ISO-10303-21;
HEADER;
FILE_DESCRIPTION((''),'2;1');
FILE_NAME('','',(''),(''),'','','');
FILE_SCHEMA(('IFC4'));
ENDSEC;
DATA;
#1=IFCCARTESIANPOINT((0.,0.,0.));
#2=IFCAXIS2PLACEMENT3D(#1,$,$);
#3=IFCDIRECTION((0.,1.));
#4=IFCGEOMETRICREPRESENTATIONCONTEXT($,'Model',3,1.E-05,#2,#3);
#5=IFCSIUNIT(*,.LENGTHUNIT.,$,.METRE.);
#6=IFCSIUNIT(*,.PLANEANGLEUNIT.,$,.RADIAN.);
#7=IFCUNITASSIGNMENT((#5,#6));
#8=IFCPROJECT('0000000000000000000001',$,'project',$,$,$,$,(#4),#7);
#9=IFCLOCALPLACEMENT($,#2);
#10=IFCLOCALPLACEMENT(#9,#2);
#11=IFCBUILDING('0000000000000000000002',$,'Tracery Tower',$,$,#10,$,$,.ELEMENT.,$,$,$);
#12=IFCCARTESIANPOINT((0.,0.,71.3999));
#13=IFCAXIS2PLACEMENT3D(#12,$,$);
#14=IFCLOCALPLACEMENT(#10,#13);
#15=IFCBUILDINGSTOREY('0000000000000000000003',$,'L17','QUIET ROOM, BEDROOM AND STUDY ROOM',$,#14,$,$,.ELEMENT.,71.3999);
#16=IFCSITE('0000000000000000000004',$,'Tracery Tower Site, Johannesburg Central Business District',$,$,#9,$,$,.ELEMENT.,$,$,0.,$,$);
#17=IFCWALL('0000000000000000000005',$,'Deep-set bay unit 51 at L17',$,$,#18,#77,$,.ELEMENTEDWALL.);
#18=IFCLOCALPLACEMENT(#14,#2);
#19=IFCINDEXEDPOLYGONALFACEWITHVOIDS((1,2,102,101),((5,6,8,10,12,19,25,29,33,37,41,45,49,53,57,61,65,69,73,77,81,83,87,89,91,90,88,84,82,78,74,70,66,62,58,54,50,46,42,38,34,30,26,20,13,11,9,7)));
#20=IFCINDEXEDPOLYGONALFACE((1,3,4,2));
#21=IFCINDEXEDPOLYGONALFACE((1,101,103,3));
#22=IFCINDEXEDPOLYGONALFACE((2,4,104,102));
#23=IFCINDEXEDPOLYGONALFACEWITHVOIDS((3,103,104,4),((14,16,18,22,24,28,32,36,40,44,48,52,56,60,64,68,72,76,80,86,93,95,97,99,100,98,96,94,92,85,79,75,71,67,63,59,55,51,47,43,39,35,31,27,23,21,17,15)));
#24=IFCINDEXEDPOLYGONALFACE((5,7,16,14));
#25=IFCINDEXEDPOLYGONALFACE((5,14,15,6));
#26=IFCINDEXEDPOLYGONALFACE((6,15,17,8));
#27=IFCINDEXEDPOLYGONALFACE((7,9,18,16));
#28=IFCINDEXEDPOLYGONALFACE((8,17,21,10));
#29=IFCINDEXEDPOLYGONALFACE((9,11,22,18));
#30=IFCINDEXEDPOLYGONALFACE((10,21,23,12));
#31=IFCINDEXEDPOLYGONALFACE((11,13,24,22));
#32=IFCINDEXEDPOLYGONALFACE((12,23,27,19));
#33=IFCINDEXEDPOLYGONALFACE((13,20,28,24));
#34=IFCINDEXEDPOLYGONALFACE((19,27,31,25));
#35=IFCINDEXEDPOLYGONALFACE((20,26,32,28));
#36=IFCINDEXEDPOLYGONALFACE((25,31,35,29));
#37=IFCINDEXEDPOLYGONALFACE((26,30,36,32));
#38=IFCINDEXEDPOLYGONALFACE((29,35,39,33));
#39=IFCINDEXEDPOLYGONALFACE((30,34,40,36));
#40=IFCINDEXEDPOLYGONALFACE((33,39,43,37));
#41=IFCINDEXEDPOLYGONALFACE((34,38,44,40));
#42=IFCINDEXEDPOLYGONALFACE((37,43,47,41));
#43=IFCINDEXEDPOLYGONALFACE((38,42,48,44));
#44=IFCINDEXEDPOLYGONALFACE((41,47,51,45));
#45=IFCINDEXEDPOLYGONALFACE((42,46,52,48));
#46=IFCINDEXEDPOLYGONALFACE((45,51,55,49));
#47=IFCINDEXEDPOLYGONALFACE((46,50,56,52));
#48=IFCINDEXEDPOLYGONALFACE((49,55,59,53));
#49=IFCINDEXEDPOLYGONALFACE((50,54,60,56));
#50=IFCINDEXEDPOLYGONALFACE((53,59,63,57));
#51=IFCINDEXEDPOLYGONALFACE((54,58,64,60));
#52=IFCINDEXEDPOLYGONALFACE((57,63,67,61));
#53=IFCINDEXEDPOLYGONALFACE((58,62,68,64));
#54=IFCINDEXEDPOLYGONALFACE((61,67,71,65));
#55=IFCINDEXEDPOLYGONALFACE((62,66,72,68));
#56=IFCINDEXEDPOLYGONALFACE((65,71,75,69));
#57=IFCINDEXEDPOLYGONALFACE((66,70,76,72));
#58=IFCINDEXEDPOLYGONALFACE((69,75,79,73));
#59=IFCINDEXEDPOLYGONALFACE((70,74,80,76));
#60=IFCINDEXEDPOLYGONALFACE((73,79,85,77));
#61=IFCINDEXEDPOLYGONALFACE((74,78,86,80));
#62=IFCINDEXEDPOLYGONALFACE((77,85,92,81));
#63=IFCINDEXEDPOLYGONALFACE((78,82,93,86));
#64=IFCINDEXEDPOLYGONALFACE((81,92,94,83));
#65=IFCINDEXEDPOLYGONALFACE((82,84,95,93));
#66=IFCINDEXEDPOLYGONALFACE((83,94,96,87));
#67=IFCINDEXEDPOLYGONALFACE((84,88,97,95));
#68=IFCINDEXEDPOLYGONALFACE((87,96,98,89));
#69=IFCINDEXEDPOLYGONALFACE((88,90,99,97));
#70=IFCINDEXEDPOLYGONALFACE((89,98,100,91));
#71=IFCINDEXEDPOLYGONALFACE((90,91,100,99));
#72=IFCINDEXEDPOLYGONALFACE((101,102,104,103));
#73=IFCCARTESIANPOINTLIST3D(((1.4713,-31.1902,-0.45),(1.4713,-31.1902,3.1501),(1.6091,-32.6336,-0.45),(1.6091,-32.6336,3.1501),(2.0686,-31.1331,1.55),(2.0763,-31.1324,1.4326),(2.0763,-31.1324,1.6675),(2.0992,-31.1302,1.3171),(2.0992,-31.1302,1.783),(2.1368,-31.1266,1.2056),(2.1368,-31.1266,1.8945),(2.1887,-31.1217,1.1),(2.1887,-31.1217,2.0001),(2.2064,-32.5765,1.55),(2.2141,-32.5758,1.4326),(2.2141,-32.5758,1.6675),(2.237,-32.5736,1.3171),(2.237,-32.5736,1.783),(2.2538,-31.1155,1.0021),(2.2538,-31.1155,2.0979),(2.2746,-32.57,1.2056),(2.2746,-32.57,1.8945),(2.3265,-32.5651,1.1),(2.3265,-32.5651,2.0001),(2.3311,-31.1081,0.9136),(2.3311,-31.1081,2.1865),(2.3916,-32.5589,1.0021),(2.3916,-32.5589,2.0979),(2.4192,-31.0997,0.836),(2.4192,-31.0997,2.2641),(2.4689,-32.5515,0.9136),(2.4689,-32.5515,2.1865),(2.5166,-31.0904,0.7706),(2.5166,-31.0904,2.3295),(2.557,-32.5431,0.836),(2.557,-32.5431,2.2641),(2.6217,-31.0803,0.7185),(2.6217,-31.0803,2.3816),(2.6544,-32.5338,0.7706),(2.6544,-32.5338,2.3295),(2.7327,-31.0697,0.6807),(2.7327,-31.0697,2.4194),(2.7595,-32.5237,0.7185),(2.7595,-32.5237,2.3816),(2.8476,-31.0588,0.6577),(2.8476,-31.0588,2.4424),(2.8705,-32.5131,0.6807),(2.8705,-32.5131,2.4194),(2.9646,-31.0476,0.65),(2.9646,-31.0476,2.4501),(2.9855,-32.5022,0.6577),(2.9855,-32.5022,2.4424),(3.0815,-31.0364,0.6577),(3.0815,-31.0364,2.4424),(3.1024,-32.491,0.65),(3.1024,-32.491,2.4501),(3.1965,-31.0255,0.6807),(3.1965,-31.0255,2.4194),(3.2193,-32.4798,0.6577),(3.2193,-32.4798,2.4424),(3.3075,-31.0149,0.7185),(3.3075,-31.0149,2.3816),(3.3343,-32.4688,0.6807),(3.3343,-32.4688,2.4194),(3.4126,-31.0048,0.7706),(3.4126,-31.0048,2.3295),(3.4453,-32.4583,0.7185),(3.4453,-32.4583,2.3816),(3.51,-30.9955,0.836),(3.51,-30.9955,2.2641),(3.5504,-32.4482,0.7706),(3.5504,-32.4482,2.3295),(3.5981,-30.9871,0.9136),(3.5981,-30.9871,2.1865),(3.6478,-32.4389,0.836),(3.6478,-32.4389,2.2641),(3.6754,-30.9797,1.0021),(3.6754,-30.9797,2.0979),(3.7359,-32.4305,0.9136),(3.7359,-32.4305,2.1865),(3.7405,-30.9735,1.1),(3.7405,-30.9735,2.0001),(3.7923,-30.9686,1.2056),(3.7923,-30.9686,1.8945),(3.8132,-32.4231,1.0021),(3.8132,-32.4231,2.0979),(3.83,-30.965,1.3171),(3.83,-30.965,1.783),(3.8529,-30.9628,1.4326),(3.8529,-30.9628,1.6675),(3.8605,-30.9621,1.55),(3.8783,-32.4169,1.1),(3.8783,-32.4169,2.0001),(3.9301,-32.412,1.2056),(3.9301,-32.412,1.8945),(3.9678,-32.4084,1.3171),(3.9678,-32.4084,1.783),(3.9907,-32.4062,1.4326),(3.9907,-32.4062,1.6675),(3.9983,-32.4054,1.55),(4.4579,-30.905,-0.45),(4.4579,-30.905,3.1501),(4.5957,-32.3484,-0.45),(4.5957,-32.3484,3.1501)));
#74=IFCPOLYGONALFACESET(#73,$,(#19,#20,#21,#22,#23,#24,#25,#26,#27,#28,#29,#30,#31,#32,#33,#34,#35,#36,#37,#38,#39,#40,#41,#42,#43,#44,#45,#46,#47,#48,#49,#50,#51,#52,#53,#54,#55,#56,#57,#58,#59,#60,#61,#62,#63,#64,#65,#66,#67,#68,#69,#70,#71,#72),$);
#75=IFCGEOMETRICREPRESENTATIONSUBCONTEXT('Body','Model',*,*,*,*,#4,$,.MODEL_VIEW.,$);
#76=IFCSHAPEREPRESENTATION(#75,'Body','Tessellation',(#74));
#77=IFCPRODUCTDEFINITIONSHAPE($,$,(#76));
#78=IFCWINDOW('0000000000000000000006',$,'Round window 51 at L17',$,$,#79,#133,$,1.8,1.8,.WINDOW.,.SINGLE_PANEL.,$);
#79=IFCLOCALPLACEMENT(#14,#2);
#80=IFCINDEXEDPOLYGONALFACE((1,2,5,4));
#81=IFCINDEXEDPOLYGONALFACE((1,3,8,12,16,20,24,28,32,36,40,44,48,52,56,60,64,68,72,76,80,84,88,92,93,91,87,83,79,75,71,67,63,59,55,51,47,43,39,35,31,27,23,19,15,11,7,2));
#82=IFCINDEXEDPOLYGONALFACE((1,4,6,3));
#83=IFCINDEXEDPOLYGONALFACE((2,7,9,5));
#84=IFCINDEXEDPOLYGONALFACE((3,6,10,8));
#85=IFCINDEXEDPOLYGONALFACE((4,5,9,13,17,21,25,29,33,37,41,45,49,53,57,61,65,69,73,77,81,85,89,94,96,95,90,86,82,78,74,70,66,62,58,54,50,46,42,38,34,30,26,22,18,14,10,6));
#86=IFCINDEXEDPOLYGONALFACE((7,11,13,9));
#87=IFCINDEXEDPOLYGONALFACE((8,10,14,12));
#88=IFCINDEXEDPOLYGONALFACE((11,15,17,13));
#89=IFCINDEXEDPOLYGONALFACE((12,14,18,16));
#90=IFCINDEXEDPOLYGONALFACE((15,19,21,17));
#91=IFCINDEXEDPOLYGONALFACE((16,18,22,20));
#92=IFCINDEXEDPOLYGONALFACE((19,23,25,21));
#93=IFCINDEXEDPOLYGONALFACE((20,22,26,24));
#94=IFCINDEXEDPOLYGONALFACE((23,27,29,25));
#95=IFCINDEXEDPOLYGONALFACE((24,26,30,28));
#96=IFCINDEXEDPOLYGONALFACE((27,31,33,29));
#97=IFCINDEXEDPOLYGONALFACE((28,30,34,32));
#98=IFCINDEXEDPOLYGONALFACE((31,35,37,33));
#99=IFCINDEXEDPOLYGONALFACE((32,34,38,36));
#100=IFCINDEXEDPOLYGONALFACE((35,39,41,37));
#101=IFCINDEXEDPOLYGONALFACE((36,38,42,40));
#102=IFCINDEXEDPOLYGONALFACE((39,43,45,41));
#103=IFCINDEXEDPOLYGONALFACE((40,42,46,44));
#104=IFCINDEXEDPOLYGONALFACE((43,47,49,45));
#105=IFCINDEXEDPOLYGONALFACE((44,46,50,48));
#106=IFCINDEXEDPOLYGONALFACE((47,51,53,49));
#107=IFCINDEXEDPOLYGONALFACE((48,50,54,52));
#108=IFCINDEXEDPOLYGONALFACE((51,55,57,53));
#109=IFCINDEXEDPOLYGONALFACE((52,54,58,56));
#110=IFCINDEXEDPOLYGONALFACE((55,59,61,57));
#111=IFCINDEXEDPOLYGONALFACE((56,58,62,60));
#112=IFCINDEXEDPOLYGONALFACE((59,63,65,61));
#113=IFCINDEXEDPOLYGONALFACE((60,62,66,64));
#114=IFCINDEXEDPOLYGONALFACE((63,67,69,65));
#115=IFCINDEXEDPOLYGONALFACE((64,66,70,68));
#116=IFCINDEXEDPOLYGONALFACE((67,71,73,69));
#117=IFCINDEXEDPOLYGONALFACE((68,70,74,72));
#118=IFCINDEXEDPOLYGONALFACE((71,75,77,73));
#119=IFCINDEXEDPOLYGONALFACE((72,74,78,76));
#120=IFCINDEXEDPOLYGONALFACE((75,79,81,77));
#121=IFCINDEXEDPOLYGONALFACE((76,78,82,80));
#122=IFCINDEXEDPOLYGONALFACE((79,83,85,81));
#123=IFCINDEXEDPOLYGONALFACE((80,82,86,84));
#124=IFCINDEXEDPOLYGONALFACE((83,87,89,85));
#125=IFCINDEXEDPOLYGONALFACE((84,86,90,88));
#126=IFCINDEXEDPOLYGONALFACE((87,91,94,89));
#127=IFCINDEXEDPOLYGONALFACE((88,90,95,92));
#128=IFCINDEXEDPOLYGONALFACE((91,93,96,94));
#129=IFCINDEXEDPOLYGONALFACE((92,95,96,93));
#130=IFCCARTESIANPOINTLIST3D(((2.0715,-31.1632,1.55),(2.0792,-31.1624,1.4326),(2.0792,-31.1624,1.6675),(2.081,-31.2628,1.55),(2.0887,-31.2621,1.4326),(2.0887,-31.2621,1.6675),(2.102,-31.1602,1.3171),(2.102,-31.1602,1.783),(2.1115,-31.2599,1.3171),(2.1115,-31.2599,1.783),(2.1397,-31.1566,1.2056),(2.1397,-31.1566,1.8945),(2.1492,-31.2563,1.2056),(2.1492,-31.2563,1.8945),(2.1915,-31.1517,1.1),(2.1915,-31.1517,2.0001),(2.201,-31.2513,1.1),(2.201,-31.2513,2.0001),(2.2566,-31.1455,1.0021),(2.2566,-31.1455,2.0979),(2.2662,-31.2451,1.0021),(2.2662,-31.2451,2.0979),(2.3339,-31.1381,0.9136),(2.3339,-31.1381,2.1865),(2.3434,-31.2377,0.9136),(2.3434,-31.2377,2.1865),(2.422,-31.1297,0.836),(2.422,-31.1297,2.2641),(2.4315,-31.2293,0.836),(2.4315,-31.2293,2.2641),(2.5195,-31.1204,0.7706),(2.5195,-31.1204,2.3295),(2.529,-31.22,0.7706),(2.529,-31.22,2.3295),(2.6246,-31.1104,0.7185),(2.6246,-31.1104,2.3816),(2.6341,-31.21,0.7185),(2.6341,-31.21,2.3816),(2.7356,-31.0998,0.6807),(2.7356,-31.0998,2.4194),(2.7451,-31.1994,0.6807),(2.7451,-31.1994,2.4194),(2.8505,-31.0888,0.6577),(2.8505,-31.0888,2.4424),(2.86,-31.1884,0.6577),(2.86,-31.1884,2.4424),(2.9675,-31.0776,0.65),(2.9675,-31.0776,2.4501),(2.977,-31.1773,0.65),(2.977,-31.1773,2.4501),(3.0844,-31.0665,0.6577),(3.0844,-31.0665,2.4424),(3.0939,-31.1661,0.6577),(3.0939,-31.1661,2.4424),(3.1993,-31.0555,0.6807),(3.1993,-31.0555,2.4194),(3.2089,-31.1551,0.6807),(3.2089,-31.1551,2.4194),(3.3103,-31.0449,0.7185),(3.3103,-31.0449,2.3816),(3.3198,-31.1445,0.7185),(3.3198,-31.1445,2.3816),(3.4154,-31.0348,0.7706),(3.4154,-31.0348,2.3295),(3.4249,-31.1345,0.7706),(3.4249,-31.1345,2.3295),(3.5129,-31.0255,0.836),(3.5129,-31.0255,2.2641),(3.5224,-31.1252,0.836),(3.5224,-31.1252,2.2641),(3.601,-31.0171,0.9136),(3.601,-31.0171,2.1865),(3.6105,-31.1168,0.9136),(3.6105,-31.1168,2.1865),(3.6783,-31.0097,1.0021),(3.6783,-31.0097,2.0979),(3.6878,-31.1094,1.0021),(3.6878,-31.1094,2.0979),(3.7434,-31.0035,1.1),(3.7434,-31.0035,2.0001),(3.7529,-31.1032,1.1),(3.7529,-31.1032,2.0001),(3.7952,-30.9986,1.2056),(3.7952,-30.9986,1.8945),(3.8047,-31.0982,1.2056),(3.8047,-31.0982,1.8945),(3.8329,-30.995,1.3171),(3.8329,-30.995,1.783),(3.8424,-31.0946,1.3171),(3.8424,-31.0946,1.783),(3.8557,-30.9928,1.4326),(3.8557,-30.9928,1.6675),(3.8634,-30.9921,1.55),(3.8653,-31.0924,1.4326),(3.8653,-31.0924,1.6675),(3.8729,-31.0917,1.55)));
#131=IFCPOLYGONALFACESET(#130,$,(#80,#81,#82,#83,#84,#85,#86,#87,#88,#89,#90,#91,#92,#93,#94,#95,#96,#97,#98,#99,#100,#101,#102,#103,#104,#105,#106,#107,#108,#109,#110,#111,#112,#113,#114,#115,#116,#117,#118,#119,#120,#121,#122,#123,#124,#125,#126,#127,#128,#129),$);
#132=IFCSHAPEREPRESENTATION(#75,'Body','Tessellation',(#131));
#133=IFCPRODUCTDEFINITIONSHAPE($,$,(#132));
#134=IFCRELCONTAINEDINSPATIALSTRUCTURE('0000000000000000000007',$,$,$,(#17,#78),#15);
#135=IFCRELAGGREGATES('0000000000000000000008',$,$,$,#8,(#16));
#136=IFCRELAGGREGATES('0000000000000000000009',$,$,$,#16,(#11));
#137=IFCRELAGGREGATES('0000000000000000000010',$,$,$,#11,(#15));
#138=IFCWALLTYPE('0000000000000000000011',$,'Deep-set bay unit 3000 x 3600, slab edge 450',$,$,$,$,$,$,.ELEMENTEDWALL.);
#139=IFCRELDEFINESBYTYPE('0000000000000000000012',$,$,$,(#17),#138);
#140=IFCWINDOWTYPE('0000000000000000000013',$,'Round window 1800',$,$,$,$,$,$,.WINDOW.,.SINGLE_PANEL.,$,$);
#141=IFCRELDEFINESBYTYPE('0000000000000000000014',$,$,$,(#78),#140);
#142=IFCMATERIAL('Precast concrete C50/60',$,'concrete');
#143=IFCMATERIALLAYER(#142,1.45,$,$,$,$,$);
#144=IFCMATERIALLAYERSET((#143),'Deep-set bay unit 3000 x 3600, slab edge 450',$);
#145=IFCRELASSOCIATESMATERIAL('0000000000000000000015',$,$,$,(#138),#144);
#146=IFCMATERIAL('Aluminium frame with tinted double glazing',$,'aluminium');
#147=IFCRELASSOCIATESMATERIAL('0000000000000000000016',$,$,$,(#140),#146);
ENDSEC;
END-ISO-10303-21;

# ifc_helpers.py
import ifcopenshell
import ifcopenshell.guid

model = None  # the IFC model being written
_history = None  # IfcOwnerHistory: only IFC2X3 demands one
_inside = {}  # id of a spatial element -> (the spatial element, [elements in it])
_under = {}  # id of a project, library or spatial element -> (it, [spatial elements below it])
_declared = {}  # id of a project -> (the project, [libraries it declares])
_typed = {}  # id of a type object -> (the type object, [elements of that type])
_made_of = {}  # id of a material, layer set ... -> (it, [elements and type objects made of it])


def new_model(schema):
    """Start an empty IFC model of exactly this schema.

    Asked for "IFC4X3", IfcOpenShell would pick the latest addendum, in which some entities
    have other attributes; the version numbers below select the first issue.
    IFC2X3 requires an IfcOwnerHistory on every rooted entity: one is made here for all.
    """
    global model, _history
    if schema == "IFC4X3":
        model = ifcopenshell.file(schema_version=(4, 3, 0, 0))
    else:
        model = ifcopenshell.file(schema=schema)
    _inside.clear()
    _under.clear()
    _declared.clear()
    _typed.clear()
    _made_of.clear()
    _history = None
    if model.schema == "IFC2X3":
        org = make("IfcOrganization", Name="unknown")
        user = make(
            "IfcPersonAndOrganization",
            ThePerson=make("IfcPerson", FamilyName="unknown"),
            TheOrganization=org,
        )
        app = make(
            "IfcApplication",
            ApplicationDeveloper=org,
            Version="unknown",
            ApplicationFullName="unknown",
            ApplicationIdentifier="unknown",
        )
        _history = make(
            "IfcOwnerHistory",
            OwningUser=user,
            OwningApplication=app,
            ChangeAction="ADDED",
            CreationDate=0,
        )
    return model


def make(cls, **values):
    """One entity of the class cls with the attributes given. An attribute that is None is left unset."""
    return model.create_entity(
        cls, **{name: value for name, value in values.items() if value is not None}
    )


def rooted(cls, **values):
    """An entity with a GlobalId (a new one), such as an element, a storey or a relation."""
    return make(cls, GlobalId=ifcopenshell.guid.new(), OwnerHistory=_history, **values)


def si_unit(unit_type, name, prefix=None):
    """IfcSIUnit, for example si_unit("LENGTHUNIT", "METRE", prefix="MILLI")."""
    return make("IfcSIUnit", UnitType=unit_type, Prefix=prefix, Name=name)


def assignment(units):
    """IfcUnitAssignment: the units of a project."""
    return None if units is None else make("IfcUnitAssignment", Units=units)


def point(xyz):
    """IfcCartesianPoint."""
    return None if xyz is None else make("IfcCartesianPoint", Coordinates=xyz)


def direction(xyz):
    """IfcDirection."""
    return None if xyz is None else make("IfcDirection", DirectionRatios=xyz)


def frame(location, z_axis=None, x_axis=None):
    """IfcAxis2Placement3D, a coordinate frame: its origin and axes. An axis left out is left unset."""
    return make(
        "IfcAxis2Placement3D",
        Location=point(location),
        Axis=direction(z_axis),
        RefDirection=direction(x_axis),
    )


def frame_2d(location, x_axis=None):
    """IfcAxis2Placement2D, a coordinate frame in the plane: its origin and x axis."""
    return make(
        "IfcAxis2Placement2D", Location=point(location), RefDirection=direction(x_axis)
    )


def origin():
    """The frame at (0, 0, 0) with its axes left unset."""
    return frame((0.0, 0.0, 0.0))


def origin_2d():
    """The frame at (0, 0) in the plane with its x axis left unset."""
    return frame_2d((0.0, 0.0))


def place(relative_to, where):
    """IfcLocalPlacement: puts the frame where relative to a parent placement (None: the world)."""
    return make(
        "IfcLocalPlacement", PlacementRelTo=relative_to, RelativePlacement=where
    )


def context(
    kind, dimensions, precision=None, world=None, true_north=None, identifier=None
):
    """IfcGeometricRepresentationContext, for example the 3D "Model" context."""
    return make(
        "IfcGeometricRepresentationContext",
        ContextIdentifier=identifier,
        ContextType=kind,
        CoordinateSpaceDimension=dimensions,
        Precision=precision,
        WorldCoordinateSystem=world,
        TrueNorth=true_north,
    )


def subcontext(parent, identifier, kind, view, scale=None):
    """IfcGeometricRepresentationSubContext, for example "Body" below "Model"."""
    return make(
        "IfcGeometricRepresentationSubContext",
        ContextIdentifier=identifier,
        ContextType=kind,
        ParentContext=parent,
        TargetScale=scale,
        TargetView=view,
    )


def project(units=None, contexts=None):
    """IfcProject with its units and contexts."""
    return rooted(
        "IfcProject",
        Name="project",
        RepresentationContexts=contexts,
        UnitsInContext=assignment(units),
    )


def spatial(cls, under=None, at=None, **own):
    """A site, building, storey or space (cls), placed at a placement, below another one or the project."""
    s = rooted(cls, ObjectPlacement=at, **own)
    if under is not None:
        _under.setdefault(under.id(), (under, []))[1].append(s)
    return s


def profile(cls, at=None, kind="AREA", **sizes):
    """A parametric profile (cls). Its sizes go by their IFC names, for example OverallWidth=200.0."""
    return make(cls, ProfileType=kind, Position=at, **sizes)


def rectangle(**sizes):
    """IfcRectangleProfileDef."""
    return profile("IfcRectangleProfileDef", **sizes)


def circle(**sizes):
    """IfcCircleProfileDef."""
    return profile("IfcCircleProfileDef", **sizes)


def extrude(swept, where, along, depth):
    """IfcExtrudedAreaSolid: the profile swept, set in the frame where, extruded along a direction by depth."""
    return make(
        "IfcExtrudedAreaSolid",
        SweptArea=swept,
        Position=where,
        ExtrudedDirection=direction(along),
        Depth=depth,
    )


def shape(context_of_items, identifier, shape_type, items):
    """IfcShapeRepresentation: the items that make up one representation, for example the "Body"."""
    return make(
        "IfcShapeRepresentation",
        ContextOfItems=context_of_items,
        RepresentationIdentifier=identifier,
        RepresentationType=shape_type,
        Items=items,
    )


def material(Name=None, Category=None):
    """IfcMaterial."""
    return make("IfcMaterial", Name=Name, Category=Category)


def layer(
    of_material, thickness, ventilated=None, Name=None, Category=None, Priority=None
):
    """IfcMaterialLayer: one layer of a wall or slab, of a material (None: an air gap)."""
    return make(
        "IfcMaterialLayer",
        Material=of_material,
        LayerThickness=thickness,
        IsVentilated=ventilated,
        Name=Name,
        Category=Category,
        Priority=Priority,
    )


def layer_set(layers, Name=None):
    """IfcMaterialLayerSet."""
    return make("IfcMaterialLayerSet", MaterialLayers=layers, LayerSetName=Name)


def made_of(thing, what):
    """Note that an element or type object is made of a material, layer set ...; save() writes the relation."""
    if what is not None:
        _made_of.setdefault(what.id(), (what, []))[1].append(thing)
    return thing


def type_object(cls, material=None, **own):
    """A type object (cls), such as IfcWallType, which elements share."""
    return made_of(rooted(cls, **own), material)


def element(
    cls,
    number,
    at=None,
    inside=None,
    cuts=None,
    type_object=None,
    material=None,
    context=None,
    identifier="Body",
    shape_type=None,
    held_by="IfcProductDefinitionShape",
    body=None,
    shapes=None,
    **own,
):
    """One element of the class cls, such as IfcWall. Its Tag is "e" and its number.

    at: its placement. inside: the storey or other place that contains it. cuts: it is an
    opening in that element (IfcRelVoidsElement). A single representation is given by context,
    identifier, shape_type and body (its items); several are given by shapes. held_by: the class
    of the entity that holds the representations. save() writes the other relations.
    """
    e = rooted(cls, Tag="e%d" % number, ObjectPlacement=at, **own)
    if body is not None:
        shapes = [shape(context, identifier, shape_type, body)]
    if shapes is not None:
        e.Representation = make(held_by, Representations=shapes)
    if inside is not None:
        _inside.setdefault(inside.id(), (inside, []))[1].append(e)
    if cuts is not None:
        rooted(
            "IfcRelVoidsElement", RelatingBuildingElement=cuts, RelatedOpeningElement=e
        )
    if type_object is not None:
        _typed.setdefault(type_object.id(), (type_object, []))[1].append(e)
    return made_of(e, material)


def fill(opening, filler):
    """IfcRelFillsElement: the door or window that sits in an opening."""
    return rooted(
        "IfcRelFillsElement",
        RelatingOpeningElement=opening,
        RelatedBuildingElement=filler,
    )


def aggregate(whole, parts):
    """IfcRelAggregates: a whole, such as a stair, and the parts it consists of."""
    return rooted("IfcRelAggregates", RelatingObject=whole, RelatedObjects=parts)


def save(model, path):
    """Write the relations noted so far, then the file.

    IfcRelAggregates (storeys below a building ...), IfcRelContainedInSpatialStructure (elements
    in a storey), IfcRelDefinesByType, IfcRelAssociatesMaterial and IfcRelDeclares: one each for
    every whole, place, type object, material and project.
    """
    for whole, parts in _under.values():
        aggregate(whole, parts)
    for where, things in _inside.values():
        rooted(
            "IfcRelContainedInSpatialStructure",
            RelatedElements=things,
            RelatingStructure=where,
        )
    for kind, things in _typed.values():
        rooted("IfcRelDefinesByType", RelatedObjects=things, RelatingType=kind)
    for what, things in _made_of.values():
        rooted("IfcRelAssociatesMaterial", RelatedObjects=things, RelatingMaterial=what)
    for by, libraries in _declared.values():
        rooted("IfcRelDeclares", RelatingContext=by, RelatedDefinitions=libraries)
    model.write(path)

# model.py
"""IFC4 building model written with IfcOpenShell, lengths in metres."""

from ifc_helpers import new_model, si_unit, direction, frame, frame_2d, origin, origin_2d, place, context, subcontext, project, spatial, rectangle, circle, extrude, material, layer, layer_set, type_object, element, fill, save


model = new_model("IFC4")

# Units and contexts
model_context = context("Model", 3, precision=1e-05, world=origin(), true_north=direction((0.0, 1.0)))
body_context = subcontext(model_context, "Body", "Model", "MODEL_VIEW")
ifc_project = project(units=[si_unit("LENGTHUNIT", "METRE"), si_unit("PLANEANGLEUNIT", "RADIAN")], contexts=[model_context])

# Site, building, storey
site_placement = place(None, origin())
site = spatial("IfcSite", under=ifc_project, at=site_placement, Name="Tracery Tower Site, Johannesburg Central Business District", CompositionType="ELEMENT", RefElevation=0.0)
building_placement = place(site_placement, origin())
building = spatial("IfcBuilding", under=site, at=building_placement, Name="Tracery Tower", CompositionType="ELEMENT")
storey_placement = place(building_placement, frame((0.0, 0.0, 71.3999)))
storey = spatial("IfcBuildingStorey", under=building, at=storey_placement, Name="L17", Description="QUIET ROOM, BEDROOM AND STUDY ROOM", CompositionType="ELEMENT", Elevation=71.3999)

# Wall, opening, window
ifc_material_1 = material(Name="Precast concrete C50/60", Category="concrete")
ifc_layer_1 = layer(ifc_material_1, 1.45)
ifc_layer_set_1 = layer_set([ifc_layer_1], Name="Deep-set bay unit 3000 x 3600, slab edge 450")
wall_type_1 = type_object("IfcWallType", Name="Deep-set bay unit 3000 x 3600, slab edge 450", PredefinedType="ELEMENTEDWALL", material=ifc_layer_set_1)
ifc_material_2 = material(Name="Aluminium frame with tinted double glazing", Category="aluminium")
window_type = type_object("IfcWindowType", Name="Round window 1800", PartitioningType="SINGLE_PANEL", PredefinedType="WINDOW", material=ifc_material_2)
wall_1_placement = place(storey_placement, frame((1.5403, -31.9119, -0.45), z_axis=(0.0, 0.0, 1.0), x_axis=(0.995473, 0.095047, 0.0)))
wall_1 = element("IfcWall", 1, at=wall_1_placement, inside=storey, type_object=wall_type_1, Name="Deep-set bay unit 51 at L17", PredefinedType="ELEMENTEDWALL", context=body_context, shape_type="SweptSolid", body=[
    extrude(rectangle(XDim=3.0002, YDim=1.45, at=frame_2d((1.5, 0.0))), origin(), (0.0, 0.0, 1.0), 3.6001),
])
opening_1_placement = place(wall_1_placement, frame((1.5, 0.0, 2.0)))
opening_1 = element("IfcOpeningElement", 2, at=opening_1_placement, cuts=wall_1, PredefinedType="OPENING", context=body_context, shape_type="SweptSolid", body=[
    extrude(circle(Radius=0.9, at=origin_2d()), frame((0.0, 0.7349, 0.0), z_axis=(0.0, -1.0, 0.0), x_axis=(1.0, 0.0, 0.0)), (0.0, 0.0, 1.0), 1.47),
])
window_1_placement = place(opening_1_placement, origin())
window_1 = element("IfcWindow", 3, at=window_1_placement, inside=storey, type_object=window_type, Name="Round window 51 at L17", OverallHeight=1.8, OverallWidth=1.8, PartitioningType="SINGLE_PANEL", PredefinedType="WINDOW", context=body_context, shape_type="SweptSolid", body=[
    extrude(circle(Radius=0.9, at=origin_2d()), frame((0.0, 0.6948, 0.0), z_axis=(0.0, -1.0, 0.0), x_axis=(1.0, 0.0, 0.0)), (0.0, 0.0, 1.0), 0.1001),
])
fill(opening_1, window_1)

save(model, "model.ifc")
